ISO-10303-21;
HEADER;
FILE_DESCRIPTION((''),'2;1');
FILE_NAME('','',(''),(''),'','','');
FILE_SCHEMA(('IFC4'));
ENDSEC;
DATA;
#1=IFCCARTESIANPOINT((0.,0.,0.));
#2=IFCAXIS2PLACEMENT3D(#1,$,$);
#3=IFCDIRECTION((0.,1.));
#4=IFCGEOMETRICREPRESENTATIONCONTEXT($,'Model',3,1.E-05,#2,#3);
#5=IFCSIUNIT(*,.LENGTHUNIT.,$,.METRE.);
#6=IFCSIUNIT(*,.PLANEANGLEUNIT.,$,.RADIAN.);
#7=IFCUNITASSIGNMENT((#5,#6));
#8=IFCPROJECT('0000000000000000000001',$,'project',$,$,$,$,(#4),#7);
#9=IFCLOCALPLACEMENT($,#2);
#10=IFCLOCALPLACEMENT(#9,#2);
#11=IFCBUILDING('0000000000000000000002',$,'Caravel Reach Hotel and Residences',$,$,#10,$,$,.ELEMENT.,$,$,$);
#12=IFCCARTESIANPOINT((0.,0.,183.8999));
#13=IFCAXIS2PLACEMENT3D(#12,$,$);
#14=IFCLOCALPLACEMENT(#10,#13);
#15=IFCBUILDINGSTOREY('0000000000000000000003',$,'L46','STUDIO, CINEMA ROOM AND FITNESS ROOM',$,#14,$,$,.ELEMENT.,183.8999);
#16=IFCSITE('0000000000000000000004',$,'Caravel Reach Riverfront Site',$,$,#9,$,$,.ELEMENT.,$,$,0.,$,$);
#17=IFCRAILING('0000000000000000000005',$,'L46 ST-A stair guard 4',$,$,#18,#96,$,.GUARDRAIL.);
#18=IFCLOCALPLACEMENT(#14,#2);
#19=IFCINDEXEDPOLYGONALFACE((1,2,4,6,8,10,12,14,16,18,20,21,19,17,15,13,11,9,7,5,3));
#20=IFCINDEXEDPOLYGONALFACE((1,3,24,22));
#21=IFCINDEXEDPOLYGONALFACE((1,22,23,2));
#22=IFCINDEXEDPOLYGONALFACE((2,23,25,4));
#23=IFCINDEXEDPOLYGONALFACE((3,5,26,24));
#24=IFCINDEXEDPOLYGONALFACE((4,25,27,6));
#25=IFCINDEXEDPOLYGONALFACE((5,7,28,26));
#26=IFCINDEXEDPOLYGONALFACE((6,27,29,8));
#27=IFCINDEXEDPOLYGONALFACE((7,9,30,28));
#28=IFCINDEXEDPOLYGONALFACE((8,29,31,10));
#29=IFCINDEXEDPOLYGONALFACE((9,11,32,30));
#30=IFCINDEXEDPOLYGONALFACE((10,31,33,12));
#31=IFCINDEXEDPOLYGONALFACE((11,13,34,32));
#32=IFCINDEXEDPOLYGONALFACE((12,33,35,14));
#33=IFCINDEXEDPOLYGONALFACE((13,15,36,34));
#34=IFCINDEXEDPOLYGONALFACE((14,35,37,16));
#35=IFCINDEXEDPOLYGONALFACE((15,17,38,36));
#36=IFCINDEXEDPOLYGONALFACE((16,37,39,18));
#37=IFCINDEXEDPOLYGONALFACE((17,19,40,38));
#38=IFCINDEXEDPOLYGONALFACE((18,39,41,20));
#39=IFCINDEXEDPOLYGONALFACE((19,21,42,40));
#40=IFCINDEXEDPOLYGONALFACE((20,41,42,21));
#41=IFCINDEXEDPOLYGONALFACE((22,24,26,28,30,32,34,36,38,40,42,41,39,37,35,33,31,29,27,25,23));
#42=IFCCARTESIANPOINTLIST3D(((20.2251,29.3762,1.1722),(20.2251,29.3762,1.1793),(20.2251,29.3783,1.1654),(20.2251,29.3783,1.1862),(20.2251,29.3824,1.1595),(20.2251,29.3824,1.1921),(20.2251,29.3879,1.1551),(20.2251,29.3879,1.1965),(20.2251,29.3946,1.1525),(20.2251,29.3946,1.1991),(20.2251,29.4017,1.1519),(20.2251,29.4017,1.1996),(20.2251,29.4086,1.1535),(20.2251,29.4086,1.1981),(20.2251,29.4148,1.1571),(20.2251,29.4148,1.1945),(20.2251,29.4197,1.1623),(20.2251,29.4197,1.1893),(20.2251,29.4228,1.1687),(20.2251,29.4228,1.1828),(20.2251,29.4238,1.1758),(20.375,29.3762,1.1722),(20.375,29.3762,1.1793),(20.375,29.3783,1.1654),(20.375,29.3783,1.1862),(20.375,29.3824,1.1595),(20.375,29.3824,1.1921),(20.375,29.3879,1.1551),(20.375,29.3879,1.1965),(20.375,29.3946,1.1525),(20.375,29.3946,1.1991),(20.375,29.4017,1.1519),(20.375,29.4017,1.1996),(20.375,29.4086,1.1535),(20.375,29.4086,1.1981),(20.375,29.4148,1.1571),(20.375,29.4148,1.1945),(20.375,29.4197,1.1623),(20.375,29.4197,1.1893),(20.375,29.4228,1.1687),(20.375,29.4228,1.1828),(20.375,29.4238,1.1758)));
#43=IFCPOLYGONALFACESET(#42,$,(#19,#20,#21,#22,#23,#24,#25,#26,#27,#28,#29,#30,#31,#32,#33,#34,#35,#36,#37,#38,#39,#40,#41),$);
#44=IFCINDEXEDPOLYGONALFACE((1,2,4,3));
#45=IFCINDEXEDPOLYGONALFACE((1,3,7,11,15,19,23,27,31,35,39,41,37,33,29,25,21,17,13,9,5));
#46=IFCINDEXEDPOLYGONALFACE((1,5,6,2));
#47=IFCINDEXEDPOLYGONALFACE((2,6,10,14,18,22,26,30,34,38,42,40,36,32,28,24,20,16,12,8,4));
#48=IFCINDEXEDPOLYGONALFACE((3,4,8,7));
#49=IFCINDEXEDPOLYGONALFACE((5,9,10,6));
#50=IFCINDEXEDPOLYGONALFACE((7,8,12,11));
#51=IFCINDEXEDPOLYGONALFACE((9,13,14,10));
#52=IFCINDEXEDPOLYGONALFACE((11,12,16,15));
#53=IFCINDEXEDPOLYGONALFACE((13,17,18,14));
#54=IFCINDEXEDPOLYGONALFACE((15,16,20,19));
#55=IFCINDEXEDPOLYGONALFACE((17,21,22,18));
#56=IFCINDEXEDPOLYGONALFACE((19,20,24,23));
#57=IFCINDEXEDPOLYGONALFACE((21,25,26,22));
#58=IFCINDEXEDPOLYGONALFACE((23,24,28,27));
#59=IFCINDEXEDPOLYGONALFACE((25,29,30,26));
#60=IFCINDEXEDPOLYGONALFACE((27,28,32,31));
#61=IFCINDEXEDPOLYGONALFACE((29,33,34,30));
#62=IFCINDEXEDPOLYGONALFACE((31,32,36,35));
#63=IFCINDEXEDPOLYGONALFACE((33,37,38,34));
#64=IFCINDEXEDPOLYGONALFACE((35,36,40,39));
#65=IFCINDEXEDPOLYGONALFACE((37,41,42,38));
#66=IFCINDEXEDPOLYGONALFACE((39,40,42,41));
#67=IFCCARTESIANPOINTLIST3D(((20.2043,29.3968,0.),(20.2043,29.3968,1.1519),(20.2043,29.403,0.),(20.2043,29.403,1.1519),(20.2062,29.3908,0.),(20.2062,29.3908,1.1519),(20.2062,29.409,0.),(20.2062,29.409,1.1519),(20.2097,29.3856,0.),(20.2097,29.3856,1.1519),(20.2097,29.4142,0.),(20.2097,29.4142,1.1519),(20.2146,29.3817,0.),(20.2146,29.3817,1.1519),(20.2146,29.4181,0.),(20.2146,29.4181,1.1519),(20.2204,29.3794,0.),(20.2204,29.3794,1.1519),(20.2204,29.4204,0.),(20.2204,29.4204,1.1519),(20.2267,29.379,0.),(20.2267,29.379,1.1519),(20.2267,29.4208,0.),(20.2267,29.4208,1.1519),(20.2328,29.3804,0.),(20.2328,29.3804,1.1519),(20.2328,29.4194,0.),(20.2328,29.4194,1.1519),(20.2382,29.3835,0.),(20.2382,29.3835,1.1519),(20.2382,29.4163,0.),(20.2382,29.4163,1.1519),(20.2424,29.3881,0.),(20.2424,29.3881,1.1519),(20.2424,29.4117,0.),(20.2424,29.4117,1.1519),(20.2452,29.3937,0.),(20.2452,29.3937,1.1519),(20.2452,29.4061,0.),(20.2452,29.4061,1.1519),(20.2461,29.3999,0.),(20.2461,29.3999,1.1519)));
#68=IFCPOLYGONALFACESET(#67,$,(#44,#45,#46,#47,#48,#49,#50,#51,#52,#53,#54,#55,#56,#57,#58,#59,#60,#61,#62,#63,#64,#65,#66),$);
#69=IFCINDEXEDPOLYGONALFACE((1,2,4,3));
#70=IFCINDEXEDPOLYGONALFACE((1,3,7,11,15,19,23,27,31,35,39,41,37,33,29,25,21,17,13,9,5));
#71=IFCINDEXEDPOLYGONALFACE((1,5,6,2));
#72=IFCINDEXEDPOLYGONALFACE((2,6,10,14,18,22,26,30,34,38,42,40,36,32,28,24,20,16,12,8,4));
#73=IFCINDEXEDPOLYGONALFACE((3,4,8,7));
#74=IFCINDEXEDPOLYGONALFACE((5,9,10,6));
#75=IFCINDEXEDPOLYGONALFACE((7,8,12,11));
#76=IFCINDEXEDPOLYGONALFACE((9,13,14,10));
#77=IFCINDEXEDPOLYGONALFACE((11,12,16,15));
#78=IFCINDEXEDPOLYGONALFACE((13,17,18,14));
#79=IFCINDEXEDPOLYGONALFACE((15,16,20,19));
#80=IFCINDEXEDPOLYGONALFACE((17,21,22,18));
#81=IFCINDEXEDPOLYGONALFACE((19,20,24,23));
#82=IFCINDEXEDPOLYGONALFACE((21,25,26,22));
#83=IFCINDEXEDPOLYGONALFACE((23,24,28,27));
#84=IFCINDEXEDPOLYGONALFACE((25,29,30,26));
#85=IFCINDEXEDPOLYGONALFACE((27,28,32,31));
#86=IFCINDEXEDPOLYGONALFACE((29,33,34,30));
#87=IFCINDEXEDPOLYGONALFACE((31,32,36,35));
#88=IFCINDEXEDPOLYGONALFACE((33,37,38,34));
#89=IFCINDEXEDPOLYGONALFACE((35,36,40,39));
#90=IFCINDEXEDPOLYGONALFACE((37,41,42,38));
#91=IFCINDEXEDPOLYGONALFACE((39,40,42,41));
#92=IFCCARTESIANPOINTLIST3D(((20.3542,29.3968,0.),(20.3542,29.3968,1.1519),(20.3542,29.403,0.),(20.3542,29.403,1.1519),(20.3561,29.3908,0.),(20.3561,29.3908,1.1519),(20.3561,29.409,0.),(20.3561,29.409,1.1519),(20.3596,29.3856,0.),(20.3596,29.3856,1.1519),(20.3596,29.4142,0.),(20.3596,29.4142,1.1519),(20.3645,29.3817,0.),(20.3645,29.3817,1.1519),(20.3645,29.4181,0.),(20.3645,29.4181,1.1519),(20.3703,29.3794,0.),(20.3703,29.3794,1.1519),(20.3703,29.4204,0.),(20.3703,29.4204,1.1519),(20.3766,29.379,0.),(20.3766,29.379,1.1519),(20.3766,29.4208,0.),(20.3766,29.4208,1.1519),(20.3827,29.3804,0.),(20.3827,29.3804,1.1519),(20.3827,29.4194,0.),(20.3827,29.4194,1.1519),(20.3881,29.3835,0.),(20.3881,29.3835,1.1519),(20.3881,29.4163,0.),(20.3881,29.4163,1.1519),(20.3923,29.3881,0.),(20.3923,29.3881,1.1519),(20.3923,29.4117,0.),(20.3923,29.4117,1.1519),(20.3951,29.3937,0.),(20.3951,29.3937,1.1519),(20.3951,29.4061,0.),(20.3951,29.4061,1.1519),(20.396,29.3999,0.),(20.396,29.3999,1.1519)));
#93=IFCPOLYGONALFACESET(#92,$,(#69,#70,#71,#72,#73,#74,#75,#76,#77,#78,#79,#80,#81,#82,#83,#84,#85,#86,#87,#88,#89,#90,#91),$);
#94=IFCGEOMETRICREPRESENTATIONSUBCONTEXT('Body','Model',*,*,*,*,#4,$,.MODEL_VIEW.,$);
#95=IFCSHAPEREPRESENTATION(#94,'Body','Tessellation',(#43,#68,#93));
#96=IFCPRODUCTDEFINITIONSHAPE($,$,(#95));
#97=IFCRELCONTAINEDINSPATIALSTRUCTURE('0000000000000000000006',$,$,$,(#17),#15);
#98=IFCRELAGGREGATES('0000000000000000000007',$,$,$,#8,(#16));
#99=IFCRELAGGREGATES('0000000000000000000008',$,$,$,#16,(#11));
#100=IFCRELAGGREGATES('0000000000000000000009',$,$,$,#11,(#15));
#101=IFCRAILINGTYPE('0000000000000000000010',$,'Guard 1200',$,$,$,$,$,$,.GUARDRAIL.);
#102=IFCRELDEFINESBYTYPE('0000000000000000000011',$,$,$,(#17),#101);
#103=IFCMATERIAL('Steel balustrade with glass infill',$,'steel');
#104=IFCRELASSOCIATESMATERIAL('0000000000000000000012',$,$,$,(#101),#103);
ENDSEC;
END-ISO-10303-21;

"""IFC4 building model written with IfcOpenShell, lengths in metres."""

from ifc_helpers import new_model, si_unit, direction, frame, origin, origin_2d, place, context, subcontext, project, spatial, circle, extrude, material, type_object, element, save


model = new_model("IFC4")

# Units and contexts
model_context = context("Model", 3, precision=1e-05, world=origin(), true_north=direction((0.0, 1.0)))
body_context = subcontext(model_context, "Body", "Model", "MODEL_VIEW")
ifc_project = project(units=[si_unit("LENGTHUNIT", "METRE"), si_unit("PLANEANGLEUNIT", "RADIAN")], contexts=[model_context])

# Site, building, storey
site_placement = place(None, origin())
site = spatial("IfcSite", under=ifc_project, at=site_placement, Name="Caravel Reach Riverfront Site", CompositionType="ELEMENT", RefElevation=0.0)
building_placement = place(site_placement, origin())
building = spatial("IfcBuilding", under=site, at=building_placement, Name="Caravel Reach Hotel and Residences", CompositionType="ELEMENT")
storey_placement = place(building_placement, frame((0.0, 0.0, 183.8999)))
storey = spatial("IfcBuildingStorey", under=building, at=storey_placement, Name="L46", Description="STUDIO, CINEMA ROOM AND FITNESS ROOM", CompositionType="ELEMENT", Elevation=183.8999)

# Railing
ifc_material_1 = material(Name="Steel balustrade with glass infill", Category="steel")
railing_type_1 = type_object("IfcRailingType", Name="Guard 1200", PredefinedType="GUARDRAIL", material=ifc_material_1)
railing_1_placement = place(storey_placement, frame((20.2251, 29.3999, 0.0)))
element("IfcRailing", 1, at=railing_1_placement, inside=storey, type_object=railing_type_1, Name="L46 ST-A stair guard 4", PredefinedType="GUARDRAIL", context=body_context, shape_type="SweptSolid", body=[
    extrude(circle(Radius=0.0239, at=origin_2d()), frame((0.0, 0.0, 1.1758), z_axis=(1.0, 0.0, 0.0), x_axis=(0.0, 1.0, 0.0)), (0.0, 0.0, 1.0), 0.1499),
    extrude(circle(Radius=0.021, at=origin_2d()), origin(), (0.0, 0.0, 1.0), 1.1519),
    extrude(circle(Radius=0.021, at=origin_2d()), frame((0.1499, 0.0, 0.0)), (0.0, 0.0, 1.0), 1.1519),
])

save(model, "model.ifc")
